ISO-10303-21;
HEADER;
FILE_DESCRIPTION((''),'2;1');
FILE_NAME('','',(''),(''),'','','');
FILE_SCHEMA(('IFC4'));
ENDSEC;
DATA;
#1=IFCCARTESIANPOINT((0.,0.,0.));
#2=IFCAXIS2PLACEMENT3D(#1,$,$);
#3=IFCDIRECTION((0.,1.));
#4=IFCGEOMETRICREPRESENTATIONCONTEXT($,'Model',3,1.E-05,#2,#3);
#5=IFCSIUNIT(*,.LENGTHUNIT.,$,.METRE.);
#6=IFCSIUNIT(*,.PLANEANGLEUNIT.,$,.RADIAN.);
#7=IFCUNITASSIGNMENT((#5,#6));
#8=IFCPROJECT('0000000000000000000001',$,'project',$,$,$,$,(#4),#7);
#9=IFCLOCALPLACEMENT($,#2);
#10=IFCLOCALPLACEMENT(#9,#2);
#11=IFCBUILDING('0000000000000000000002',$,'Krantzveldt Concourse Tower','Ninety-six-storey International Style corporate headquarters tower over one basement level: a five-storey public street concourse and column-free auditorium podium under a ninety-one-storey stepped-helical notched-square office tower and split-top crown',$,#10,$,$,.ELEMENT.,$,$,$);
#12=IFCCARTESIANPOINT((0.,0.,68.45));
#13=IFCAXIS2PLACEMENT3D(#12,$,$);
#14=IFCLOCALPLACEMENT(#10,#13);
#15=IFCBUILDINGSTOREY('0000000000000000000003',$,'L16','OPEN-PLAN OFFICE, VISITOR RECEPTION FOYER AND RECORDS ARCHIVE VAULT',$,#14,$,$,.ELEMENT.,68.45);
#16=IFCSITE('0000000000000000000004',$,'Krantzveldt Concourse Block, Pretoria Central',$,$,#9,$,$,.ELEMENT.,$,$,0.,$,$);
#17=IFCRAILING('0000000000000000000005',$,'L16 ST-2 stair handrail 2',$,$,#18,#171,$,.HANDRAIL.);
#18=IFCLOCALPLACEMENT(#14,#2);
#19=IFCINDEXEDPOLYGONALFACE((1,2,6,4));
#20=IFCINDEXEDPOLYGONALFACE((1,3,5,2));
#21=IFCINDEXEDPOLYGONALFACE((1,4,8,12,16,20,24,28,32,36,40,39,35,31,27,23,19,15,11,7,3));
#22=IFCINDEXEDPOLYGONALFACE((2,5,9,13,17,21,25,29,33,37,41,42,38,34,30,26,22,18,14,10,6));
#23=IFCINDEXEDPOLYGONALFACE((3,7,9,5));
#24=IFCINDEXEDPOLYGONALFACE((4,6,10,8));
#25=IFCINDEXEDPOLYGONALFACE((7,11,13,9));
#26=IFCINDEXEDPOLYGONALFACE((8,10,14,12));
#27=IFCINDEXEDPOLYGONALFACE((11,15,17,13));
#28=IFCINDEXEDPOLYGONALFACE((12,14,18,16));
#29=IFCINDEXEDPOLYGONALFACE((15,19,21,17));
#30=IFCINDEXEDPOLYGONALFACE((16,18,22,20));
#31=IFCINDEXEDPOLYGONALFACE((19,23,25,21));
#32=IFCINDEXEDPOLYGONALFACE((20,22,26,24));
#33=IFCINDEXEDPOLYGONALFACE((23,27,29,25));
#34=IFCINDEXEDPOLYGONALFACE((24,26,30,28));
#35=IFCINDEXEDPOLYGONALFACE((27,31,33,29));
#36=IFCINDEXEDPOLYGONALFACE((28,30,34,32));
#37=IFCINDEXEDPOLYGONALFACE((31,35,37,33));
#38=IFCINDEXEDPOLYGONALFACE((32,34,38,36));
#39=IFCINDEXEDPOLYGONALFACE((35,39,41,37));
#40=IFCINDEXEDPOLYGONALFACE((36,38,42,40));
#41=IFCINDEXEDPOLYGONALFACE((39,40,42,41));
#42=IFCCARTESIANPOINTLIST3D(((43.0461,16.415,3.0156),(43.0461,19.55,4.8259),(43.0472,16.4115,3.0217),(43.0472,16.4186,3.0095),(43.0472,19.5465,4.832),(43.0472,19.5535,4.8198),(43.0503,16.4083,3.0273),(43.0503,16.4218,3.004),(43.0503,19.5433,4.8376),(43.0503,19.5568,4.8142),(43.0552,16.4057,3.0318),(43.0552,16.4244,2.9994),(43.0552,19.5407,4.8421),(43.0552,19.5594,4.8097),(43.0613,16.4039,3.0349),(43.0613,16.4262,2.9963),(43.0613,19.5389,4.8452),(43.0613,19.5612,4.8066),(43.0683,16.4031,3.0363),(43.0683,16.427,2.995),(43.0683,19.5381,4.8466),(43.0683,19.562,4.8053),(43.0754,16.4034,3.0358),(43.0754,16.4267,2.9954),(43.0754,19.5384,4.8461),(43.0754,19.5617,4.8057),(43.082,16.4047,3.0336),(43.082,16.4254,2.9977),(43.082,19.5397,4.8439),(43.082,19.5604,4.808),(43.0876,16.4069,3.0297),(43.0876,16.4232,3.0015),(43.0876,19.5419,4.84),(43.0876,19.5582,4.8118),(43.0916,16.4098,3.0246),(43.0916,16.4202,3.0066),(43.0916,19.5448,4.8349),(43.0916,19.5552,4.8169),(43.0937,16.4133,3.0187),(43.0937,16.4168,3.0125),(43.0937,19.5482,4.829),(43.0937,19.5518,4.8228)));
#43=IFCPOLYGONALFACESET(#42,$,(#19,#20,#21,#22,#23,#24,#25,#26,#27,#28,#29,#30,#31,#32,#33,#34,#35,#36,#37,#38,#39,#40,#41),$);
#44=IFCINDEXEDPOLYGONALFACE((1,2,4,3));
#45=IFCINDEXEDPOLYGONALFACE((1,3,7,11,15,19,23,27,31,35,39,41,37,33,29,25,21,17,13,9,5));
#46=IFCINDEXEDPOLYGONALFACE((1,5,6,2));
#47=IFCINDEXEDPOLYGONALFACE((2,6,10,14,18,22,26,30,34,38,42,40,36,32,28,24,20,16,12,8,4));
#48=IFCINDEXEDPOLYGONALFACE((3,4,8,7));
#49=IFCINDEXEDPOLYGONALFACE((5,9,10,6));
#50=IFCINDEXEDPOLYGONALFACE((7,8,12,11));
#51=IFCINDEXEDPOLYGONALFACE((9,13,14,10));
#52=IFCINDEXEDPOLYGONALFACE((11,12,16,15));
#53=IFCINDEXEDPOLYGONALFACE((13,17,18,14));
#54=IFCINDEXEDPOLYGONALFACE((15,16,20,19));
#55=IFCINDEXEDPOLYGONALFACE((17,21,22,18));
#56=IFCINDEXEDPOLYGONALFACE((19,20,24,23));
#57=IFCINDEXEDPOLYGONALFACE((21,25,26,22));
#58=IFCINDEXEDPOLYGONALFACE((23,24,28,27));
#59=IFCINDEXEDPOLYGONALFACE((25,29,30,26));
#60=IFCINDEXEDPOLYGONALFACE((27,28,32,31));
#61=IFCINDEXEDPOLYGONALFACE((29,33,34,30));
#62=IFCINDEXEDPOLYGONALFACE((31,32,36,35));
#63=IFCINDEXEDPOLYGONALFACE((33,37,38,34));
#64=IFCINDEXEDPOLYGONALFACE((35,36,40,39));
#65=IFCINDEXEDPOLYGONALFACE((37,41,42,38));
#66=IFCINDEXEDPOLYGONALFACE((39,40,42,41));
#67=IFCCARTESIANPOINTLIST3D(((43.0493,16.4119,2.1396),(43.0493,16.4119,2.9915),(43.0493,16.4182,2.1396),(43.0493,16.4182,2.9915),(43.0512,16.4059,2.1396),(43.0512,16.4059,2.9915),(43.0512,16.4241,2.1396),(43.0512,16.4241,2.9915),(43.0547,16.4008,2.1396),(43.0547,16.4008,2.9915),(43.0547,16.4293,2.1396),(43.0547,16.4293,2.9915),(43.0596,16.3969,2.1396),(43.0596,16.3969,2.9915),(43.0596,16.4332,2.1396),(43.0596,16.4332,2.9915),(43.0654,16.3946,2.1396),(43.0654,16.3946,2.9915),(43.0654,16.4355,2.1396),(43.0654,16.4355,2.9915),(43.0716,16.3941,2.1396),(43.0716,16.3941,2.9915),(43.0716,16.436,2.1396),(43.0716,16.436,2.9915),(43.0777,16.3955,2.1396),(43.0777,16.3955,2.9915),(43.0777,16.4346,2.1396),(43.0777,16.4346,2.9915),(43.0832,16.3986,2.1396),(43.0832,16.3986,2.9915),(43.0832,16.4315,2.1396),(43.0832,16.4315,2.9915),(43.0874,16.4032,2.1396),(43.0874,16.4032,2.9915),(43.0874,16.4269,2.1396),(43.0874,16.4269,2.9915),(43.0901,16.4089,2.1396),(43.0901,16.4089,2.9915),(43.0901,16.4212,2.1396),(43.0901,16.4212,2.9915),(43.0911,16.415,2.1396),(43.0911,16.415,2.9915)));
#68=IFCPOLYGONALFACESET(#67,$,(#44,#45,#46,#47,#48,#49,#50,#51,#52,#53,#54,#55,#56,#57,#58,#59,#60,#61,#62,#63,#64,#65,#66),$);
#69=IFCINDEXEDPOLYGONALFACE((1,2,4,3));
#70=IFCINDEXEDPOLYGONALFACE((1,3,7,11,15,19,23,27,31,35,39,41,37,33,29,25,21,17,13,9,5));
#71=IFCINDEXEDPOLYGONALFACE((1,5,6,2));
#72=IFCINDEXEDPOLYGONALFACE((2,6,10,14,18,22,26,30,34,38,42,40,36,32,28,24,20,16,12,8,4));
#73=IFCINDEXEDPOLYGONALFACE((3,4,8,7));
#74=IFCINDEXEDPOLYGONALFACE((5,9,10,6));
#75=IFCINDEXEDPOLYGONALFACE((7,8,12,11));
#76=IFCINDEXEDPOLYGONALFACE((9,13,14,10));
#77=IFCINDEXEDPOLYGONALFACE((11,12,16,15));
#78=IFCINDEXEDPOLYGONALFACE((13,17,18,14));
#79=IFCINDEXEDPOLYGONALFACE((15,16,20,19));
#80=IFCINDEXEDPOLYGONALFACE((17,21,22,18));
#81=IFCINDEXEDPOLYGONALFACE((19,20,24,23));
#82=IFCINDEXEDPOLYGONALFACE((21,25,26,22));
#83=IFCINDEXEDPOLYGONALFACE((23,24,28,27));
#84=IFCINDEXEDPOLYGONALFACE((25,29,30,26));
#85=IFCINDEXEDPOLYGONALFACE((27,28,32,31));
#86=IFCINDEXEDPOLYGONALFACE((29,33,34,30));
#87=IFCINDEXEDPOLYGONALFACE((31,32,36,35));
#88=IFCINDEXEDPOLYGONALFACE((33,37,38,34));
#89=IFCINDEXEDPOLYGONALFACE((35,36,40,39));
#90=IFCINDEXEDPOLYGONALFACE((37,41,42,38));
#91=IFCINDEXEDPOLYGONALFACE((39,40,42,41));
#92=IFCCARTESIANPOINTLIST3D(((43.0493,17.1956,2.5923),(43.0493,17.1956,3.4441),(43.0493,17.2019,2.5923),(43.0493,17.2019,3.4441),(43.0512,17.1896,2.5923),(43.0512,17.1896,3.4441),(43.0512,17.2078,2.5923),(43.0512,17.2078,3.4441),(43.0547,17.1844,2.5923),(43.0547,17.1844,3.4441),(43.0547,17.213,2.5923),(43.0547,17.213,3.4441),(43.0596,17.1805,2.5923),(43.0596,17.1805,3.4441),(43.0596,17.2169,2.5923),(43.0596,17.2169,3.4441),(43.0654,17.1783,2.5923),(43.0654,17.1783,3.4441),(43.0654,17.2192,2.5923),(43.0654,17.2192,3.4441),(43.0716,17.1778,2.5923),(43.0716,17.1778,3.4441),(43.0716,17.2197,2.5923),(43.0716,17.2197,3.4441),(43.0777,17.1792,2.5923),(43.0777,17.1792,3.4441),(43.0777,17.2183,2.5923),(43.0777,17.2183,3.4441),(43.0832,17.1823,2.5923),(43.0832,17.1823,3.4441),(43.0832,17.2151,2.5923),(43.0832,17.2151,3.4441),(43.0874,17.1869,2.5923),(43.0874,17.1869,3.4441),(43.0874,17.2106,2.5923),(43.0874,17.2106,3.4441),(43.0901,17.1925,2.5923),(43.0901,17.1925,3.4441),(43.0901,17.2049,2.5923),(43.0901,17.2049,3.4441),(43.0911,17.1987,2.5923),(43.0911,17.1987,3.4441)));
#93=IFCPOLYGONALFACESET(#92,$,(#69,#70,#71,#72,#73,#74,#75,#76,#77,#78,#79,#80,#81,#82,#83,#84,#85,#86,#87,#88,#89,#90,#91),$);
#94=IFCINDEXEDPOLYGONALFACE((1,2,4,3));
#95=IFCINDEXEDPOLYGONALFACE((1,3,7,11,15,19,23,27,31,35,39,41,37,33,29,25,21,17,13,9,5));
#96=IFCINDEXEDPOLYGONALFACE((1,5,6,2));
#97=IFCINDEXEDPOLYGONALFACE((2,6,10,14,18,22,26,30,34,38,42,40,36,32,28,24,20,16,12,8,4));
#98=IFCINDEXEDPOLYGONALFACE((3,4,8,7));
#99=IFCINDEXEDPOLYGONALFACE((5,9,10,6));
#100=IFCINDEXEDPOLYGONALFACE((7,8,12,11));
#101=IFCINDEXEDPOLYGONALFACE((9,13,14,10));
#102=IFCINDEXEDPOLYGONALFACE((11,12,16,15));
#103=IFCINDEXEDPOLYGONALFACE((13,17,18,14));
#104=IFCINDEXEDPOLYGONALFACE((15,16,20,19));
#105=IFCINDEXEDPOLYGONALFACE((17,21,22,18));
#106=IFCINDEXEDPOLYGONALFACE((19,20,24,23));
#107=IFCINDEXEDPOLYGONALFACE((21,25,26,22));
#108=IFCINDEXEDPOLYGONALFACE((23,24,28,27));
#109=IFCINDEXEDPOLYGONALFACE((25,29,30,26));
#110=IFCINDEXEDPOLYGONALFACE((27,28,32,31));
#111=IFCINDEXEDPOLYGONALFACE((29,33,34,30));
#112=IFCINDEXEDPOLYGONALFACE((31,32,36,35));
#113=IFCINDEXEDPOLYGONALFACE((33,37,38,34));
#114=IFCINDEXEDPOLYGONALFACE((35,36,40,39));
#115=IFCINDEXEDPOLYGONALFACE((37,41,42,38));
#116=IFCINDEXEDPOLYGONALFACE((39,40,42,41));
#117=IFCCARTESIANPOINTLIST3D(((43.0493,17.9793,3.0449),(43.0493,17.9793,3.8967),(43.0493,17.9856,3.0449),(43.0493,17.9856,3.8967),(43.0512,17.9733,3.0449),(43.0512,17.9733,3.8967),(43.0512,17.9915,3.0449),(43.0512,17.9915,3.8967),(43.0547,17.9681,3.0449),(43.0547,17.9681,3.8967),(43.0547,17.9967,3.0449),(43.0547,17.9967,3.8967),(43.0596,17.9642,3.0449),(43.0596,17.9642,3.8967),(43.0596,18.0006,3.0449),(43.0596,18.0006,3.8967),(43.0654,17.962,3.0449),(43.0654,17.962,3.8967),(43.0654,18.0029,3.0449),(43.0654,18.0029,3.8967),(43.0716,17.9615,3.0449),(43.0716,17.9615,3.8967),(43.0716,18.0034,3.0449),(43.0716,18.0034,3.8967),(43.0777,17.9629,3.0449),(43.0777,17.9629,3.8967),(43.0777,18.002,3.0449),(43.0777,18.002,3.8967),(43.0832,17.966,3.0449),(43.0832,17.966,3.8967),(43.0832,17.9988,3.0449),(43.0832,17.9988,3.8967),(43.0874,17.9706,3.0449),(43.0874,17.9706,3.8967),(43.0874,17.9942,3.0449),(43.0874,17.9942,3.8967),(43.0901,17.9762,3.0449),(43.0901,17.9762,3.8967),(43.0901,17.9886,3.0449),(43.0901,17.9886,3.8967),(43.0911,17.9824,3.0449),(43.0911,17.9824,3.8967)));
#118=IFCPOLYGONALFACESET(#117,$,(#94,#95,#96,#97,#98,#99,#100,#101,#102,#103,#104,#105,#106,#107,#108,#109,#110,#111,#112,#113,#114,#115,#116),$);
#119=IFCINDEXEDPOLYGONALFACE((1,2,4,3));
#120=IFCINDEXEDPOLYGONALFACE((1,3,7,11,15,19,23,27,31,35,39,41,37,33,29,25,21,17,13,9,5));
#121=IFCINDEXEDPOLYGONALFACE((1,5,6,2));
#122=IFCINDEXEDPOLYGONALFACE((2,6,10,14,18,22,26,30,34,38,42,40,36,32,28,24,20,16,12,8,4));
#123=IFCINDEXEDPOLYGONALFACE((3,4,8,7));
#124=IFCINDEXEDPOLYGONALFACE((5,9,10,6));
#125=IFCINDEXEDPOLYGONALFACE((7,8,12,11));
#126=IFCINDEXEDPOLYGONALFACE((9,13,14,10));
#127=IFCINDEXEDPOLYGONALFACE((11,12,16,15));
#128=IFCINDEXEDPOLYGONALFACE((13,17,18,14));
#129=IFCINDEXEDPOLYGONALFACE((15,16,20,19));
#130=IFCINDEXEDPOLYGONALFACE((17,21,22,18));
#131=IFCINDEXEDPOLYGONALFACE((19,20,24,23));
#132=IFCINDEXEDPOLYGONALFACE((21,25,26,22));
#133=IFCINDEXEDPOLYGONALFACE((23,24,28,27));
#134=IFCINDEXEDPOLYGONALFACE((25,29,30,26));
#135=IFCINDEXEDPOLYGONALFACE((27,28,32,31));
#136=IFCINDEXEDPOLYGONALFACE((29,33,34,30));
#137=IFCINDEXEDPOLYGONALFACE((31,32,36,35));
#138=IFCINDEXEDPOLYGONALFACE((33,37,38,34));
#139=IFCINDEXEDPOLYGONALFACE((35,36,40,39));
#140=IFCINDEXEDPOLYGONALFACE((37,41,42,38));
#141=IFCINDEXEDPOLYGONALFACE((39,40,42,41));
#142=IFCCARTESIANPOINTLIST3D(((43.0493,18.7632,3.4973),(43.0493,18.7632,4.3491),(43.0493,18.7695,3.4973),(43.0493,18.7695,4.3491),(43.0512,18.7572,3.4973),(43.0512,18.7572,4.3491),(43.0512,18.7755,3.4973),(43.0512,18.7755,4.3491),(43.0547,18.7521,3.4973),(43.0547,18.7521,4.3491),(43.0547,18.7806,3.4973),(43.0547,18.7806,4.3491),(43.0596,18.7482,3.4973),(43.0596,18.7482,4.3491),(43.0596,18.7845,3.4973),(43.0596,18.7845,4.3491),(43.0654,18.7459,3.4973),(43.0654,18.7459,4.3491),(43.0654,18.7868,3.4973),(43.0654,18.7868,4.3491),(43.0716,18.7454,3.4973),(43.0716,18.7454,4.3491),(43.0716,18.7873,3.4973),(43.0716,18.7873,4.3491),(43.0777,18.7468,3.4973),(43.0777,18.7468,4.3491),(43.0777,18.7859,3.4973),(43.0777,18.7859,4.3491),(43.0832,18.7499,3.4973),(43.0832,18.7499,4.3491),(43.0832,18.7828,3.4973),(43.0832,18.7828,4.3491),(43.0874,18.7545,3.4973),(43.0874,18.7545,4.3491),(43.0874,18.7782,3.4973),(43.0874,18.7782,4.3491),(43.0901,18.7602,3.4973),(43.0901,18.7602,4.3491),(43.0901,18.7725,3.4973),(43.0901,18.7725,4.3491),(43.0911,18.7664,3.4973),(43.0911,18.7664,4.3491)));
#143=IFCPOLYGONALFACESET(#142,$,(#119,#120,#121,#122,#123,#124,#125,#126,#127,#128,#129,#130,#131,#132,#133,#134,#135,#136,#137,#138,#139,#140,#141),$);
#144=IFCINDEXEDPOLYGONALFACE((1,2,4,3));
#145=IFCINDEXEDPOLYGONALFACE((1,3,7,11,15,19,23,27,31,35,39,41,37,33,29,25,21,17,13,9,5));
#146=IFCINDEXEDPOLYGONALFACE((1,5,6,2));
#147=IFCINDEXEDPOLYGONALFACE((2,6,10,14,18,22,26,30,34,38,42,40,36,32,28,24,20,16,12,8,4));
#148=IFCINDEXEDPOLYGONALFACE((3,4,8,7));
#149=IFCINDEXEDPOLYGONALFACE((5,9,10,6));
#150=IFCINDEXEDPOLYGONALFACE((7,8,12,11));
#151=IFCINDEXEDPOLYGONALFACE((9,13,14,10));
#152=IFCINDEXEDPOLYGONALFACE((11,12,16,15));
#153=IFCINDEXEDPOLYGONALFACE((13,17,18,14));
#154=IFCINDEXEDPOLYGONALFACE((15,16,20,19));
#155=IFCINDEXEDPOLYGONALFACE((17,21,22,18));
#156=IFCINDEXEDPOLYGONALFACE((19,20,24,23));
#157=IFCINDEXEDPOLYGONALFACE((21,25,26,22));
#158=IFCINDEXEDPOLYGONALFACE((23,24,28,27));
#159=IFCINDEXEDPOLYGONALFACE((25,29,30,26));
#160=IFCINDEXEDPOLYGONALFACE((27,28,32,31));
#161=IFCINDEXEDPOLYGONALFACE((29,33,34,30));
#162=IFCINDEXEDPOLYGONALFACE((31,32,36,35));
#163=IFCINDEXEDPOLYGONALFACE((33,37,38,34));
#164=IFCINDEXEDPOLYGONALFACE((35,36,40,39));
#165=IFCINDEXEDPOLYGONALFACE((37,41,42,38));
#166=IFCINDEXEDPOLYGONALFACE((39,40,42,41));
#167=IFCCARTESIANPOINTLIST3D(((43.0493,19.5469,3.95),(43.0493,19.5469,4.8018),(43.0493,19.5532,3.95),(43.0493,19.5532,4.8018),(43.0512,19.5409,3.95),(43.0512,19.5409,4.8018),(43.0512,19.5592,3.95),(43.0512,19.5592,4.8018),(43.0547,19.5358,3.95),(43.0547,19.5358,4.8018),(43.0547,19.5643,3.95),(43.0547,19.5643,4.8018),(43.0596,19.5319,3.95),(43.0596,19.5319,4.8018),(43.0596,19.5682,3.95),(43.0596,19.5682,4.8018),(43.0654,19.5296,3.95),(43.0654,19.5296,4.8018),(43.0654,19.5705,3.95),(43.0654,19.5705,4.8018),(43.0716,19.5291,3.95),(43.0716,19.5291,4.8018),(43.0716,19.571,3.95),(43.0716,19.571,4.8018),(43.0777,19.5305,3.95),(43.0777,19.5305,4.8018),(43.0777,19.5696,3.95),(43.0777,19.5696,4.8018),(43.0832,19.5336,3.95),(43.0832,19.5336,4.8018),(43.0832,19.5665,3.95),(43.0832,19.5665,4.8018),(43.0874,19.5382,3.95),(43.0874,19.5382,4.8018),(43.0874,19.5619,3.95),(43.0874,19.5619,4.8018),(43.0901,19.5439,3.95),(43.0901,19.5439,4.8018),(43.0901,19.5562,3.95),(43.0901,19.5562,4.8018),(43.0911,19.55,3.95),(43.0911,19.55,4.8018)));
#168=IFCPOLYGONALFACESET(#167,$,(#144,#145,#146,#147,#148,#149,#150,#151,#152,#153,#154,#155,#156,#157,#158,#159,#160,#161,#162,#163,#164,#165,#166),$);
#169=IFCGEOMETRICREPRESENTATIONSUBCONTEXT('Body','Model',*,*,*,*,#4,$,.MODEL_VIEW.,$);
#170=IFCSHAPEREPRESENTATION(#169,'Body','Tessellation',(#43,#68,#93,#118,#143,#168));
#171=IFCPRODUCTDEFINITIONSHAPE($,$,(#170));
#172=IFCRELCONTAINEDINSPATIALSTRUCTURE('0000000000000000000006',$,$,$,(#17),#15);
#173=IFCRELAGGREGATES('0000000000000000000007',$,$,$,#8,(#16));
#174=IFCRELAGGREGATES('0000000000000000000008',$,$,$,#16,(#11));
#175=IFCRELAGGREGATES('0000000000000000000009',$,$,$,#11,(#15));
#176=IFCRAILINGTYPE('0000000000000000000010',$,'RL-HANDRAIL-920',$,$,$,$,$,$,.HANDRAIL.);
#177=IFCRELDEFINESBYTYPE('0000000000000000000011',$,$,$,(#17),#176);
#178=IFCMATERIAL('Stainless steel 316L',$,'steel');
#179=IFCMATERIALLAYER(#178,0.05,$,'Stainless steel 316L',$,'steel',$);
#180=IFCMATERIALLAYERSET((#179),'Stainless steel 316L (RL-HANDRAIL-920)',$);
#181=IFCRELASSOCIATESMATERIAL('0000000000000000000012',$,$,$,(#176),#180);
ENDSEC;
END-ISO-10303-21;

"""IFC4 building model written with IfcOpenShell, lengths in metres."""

from ifc_helpers import new_model, si_unit, direction, frame, origin, origin_2d, place, context, subcontext, project, spatial, circle, extrude, material, layer, layer_set, type_object, element, save


model = new_model("IFC4")

# Units and contexts
model_context = context("Model", 3, precision=1e-05, world=origin(), true_north=direction((0.0, 1.0)))
body_context = subcontext(model_context, "Body", "Model", "MODEL_VIEW")
ifc_project = project(units=[si_unit("LENGTHUNIT", "METRE"), si_unit("PLANEANGLEUNIT", "RADIAN")], contexts=[model_context])

# Site, building, storey
site_placement = place(None, origin())
site = spatial("IfcSite", under=ifc_project, at=site_placement, Name="Krantzveldt Concourse Block, Pretoria Central", CompositionType="ELEMENT", RefElevation=0.0)
building_placement = place(site_placement, origin())
building = spatial("IfcBuilding", under=site, at=building_placement, Name="Krantzveldt Concourse Tower", Description="Ninety-six-storey International Style corporate headquarters tower over one basement level: a five-storey public street concourse and column-free auditorium podium under a ninety-one-storey stepped-helical notched-square office tower and split-top crown", CompositionType="ELEMENT")
storey_placement = place(building_placement, frame((0.0, 0.0, 68.45)))
storey = spatial("IfcBuildingStorey", under=building, at=storey_placement, Name="L16", Description="OPEN-PLAN OFFICE, VISITOR RECEPTION FOYER AND RECORDS ARCHIVE VAULT", CompositionType="ELEMENT", Elevation=68.45)

# Shared definitions
ifc_material_1 = material(Name="Stainless steel 316L", Category="steel")

# Railing
ifc_layer_1 = layer(ifc_material_1, 0.05, Name="Stainless steel 316L", Category="steel")
ifc_layer_set_1 = layer_set([ifc_layer_1], Name="Stainless steel 316L (RL-HANDRAIL-920)")
railing_type_1 = type_object("IfcRailingType", Name="RL-HANDRAIL-920", PredefinedType="HANDRAIL", material=ifc_layer_set_1)
railing_1_placement = place(storey_placement, frame((43.0701, 16.415, 2.1396)))
element("IfcRailing", 1, at=railing_1_placement, inside=storey, type_object=railing_type_1, Name="L16 ST-2 stair handrail 2", PredefinedType="HANDRAIL", context=body_context, shape_type="SweptSolid", body=[
    extrude(circle(Radius=0.0239, at=origin_2d()), frame((0.0, 0.0, 0.876), z_axis=(0.0, 0.865989, 0.500063), x_axis=(-1.0, 0.0, 0.0)), (0.0, 0.0, 1.0), 3.6201),
    extrude(circle(Radius=0.021, at=origin_2d()), origin(), (0.0, 0.0, 1.0), 0.8518),
    extrude(circle(Radius=0.021, at=origin_2d()), frame((0.0, 0.7837, 0.4526)), (0.0, 0.0, 1.0), 0.8518),
    extrude(circle(Radius=0.021, at=origin_2d()), frame((0.0, 1.5674, 0.9053)), (0.0, 0.0, 1.0), 0.8518),
    extrude(circle(Radius=0.021, at=origin_2d()), frame((0.0, 2.3513, 1.3577)), (0.0, 0.0, 1.0), 0.8518),
    extrude(circle(Radius=0.021, at=origin_2d()), frame((0.0, 3.135, 1.8103)), (0.0, 0.0, 1.0), 0.8518),
])

save(model, "model.ifc")
